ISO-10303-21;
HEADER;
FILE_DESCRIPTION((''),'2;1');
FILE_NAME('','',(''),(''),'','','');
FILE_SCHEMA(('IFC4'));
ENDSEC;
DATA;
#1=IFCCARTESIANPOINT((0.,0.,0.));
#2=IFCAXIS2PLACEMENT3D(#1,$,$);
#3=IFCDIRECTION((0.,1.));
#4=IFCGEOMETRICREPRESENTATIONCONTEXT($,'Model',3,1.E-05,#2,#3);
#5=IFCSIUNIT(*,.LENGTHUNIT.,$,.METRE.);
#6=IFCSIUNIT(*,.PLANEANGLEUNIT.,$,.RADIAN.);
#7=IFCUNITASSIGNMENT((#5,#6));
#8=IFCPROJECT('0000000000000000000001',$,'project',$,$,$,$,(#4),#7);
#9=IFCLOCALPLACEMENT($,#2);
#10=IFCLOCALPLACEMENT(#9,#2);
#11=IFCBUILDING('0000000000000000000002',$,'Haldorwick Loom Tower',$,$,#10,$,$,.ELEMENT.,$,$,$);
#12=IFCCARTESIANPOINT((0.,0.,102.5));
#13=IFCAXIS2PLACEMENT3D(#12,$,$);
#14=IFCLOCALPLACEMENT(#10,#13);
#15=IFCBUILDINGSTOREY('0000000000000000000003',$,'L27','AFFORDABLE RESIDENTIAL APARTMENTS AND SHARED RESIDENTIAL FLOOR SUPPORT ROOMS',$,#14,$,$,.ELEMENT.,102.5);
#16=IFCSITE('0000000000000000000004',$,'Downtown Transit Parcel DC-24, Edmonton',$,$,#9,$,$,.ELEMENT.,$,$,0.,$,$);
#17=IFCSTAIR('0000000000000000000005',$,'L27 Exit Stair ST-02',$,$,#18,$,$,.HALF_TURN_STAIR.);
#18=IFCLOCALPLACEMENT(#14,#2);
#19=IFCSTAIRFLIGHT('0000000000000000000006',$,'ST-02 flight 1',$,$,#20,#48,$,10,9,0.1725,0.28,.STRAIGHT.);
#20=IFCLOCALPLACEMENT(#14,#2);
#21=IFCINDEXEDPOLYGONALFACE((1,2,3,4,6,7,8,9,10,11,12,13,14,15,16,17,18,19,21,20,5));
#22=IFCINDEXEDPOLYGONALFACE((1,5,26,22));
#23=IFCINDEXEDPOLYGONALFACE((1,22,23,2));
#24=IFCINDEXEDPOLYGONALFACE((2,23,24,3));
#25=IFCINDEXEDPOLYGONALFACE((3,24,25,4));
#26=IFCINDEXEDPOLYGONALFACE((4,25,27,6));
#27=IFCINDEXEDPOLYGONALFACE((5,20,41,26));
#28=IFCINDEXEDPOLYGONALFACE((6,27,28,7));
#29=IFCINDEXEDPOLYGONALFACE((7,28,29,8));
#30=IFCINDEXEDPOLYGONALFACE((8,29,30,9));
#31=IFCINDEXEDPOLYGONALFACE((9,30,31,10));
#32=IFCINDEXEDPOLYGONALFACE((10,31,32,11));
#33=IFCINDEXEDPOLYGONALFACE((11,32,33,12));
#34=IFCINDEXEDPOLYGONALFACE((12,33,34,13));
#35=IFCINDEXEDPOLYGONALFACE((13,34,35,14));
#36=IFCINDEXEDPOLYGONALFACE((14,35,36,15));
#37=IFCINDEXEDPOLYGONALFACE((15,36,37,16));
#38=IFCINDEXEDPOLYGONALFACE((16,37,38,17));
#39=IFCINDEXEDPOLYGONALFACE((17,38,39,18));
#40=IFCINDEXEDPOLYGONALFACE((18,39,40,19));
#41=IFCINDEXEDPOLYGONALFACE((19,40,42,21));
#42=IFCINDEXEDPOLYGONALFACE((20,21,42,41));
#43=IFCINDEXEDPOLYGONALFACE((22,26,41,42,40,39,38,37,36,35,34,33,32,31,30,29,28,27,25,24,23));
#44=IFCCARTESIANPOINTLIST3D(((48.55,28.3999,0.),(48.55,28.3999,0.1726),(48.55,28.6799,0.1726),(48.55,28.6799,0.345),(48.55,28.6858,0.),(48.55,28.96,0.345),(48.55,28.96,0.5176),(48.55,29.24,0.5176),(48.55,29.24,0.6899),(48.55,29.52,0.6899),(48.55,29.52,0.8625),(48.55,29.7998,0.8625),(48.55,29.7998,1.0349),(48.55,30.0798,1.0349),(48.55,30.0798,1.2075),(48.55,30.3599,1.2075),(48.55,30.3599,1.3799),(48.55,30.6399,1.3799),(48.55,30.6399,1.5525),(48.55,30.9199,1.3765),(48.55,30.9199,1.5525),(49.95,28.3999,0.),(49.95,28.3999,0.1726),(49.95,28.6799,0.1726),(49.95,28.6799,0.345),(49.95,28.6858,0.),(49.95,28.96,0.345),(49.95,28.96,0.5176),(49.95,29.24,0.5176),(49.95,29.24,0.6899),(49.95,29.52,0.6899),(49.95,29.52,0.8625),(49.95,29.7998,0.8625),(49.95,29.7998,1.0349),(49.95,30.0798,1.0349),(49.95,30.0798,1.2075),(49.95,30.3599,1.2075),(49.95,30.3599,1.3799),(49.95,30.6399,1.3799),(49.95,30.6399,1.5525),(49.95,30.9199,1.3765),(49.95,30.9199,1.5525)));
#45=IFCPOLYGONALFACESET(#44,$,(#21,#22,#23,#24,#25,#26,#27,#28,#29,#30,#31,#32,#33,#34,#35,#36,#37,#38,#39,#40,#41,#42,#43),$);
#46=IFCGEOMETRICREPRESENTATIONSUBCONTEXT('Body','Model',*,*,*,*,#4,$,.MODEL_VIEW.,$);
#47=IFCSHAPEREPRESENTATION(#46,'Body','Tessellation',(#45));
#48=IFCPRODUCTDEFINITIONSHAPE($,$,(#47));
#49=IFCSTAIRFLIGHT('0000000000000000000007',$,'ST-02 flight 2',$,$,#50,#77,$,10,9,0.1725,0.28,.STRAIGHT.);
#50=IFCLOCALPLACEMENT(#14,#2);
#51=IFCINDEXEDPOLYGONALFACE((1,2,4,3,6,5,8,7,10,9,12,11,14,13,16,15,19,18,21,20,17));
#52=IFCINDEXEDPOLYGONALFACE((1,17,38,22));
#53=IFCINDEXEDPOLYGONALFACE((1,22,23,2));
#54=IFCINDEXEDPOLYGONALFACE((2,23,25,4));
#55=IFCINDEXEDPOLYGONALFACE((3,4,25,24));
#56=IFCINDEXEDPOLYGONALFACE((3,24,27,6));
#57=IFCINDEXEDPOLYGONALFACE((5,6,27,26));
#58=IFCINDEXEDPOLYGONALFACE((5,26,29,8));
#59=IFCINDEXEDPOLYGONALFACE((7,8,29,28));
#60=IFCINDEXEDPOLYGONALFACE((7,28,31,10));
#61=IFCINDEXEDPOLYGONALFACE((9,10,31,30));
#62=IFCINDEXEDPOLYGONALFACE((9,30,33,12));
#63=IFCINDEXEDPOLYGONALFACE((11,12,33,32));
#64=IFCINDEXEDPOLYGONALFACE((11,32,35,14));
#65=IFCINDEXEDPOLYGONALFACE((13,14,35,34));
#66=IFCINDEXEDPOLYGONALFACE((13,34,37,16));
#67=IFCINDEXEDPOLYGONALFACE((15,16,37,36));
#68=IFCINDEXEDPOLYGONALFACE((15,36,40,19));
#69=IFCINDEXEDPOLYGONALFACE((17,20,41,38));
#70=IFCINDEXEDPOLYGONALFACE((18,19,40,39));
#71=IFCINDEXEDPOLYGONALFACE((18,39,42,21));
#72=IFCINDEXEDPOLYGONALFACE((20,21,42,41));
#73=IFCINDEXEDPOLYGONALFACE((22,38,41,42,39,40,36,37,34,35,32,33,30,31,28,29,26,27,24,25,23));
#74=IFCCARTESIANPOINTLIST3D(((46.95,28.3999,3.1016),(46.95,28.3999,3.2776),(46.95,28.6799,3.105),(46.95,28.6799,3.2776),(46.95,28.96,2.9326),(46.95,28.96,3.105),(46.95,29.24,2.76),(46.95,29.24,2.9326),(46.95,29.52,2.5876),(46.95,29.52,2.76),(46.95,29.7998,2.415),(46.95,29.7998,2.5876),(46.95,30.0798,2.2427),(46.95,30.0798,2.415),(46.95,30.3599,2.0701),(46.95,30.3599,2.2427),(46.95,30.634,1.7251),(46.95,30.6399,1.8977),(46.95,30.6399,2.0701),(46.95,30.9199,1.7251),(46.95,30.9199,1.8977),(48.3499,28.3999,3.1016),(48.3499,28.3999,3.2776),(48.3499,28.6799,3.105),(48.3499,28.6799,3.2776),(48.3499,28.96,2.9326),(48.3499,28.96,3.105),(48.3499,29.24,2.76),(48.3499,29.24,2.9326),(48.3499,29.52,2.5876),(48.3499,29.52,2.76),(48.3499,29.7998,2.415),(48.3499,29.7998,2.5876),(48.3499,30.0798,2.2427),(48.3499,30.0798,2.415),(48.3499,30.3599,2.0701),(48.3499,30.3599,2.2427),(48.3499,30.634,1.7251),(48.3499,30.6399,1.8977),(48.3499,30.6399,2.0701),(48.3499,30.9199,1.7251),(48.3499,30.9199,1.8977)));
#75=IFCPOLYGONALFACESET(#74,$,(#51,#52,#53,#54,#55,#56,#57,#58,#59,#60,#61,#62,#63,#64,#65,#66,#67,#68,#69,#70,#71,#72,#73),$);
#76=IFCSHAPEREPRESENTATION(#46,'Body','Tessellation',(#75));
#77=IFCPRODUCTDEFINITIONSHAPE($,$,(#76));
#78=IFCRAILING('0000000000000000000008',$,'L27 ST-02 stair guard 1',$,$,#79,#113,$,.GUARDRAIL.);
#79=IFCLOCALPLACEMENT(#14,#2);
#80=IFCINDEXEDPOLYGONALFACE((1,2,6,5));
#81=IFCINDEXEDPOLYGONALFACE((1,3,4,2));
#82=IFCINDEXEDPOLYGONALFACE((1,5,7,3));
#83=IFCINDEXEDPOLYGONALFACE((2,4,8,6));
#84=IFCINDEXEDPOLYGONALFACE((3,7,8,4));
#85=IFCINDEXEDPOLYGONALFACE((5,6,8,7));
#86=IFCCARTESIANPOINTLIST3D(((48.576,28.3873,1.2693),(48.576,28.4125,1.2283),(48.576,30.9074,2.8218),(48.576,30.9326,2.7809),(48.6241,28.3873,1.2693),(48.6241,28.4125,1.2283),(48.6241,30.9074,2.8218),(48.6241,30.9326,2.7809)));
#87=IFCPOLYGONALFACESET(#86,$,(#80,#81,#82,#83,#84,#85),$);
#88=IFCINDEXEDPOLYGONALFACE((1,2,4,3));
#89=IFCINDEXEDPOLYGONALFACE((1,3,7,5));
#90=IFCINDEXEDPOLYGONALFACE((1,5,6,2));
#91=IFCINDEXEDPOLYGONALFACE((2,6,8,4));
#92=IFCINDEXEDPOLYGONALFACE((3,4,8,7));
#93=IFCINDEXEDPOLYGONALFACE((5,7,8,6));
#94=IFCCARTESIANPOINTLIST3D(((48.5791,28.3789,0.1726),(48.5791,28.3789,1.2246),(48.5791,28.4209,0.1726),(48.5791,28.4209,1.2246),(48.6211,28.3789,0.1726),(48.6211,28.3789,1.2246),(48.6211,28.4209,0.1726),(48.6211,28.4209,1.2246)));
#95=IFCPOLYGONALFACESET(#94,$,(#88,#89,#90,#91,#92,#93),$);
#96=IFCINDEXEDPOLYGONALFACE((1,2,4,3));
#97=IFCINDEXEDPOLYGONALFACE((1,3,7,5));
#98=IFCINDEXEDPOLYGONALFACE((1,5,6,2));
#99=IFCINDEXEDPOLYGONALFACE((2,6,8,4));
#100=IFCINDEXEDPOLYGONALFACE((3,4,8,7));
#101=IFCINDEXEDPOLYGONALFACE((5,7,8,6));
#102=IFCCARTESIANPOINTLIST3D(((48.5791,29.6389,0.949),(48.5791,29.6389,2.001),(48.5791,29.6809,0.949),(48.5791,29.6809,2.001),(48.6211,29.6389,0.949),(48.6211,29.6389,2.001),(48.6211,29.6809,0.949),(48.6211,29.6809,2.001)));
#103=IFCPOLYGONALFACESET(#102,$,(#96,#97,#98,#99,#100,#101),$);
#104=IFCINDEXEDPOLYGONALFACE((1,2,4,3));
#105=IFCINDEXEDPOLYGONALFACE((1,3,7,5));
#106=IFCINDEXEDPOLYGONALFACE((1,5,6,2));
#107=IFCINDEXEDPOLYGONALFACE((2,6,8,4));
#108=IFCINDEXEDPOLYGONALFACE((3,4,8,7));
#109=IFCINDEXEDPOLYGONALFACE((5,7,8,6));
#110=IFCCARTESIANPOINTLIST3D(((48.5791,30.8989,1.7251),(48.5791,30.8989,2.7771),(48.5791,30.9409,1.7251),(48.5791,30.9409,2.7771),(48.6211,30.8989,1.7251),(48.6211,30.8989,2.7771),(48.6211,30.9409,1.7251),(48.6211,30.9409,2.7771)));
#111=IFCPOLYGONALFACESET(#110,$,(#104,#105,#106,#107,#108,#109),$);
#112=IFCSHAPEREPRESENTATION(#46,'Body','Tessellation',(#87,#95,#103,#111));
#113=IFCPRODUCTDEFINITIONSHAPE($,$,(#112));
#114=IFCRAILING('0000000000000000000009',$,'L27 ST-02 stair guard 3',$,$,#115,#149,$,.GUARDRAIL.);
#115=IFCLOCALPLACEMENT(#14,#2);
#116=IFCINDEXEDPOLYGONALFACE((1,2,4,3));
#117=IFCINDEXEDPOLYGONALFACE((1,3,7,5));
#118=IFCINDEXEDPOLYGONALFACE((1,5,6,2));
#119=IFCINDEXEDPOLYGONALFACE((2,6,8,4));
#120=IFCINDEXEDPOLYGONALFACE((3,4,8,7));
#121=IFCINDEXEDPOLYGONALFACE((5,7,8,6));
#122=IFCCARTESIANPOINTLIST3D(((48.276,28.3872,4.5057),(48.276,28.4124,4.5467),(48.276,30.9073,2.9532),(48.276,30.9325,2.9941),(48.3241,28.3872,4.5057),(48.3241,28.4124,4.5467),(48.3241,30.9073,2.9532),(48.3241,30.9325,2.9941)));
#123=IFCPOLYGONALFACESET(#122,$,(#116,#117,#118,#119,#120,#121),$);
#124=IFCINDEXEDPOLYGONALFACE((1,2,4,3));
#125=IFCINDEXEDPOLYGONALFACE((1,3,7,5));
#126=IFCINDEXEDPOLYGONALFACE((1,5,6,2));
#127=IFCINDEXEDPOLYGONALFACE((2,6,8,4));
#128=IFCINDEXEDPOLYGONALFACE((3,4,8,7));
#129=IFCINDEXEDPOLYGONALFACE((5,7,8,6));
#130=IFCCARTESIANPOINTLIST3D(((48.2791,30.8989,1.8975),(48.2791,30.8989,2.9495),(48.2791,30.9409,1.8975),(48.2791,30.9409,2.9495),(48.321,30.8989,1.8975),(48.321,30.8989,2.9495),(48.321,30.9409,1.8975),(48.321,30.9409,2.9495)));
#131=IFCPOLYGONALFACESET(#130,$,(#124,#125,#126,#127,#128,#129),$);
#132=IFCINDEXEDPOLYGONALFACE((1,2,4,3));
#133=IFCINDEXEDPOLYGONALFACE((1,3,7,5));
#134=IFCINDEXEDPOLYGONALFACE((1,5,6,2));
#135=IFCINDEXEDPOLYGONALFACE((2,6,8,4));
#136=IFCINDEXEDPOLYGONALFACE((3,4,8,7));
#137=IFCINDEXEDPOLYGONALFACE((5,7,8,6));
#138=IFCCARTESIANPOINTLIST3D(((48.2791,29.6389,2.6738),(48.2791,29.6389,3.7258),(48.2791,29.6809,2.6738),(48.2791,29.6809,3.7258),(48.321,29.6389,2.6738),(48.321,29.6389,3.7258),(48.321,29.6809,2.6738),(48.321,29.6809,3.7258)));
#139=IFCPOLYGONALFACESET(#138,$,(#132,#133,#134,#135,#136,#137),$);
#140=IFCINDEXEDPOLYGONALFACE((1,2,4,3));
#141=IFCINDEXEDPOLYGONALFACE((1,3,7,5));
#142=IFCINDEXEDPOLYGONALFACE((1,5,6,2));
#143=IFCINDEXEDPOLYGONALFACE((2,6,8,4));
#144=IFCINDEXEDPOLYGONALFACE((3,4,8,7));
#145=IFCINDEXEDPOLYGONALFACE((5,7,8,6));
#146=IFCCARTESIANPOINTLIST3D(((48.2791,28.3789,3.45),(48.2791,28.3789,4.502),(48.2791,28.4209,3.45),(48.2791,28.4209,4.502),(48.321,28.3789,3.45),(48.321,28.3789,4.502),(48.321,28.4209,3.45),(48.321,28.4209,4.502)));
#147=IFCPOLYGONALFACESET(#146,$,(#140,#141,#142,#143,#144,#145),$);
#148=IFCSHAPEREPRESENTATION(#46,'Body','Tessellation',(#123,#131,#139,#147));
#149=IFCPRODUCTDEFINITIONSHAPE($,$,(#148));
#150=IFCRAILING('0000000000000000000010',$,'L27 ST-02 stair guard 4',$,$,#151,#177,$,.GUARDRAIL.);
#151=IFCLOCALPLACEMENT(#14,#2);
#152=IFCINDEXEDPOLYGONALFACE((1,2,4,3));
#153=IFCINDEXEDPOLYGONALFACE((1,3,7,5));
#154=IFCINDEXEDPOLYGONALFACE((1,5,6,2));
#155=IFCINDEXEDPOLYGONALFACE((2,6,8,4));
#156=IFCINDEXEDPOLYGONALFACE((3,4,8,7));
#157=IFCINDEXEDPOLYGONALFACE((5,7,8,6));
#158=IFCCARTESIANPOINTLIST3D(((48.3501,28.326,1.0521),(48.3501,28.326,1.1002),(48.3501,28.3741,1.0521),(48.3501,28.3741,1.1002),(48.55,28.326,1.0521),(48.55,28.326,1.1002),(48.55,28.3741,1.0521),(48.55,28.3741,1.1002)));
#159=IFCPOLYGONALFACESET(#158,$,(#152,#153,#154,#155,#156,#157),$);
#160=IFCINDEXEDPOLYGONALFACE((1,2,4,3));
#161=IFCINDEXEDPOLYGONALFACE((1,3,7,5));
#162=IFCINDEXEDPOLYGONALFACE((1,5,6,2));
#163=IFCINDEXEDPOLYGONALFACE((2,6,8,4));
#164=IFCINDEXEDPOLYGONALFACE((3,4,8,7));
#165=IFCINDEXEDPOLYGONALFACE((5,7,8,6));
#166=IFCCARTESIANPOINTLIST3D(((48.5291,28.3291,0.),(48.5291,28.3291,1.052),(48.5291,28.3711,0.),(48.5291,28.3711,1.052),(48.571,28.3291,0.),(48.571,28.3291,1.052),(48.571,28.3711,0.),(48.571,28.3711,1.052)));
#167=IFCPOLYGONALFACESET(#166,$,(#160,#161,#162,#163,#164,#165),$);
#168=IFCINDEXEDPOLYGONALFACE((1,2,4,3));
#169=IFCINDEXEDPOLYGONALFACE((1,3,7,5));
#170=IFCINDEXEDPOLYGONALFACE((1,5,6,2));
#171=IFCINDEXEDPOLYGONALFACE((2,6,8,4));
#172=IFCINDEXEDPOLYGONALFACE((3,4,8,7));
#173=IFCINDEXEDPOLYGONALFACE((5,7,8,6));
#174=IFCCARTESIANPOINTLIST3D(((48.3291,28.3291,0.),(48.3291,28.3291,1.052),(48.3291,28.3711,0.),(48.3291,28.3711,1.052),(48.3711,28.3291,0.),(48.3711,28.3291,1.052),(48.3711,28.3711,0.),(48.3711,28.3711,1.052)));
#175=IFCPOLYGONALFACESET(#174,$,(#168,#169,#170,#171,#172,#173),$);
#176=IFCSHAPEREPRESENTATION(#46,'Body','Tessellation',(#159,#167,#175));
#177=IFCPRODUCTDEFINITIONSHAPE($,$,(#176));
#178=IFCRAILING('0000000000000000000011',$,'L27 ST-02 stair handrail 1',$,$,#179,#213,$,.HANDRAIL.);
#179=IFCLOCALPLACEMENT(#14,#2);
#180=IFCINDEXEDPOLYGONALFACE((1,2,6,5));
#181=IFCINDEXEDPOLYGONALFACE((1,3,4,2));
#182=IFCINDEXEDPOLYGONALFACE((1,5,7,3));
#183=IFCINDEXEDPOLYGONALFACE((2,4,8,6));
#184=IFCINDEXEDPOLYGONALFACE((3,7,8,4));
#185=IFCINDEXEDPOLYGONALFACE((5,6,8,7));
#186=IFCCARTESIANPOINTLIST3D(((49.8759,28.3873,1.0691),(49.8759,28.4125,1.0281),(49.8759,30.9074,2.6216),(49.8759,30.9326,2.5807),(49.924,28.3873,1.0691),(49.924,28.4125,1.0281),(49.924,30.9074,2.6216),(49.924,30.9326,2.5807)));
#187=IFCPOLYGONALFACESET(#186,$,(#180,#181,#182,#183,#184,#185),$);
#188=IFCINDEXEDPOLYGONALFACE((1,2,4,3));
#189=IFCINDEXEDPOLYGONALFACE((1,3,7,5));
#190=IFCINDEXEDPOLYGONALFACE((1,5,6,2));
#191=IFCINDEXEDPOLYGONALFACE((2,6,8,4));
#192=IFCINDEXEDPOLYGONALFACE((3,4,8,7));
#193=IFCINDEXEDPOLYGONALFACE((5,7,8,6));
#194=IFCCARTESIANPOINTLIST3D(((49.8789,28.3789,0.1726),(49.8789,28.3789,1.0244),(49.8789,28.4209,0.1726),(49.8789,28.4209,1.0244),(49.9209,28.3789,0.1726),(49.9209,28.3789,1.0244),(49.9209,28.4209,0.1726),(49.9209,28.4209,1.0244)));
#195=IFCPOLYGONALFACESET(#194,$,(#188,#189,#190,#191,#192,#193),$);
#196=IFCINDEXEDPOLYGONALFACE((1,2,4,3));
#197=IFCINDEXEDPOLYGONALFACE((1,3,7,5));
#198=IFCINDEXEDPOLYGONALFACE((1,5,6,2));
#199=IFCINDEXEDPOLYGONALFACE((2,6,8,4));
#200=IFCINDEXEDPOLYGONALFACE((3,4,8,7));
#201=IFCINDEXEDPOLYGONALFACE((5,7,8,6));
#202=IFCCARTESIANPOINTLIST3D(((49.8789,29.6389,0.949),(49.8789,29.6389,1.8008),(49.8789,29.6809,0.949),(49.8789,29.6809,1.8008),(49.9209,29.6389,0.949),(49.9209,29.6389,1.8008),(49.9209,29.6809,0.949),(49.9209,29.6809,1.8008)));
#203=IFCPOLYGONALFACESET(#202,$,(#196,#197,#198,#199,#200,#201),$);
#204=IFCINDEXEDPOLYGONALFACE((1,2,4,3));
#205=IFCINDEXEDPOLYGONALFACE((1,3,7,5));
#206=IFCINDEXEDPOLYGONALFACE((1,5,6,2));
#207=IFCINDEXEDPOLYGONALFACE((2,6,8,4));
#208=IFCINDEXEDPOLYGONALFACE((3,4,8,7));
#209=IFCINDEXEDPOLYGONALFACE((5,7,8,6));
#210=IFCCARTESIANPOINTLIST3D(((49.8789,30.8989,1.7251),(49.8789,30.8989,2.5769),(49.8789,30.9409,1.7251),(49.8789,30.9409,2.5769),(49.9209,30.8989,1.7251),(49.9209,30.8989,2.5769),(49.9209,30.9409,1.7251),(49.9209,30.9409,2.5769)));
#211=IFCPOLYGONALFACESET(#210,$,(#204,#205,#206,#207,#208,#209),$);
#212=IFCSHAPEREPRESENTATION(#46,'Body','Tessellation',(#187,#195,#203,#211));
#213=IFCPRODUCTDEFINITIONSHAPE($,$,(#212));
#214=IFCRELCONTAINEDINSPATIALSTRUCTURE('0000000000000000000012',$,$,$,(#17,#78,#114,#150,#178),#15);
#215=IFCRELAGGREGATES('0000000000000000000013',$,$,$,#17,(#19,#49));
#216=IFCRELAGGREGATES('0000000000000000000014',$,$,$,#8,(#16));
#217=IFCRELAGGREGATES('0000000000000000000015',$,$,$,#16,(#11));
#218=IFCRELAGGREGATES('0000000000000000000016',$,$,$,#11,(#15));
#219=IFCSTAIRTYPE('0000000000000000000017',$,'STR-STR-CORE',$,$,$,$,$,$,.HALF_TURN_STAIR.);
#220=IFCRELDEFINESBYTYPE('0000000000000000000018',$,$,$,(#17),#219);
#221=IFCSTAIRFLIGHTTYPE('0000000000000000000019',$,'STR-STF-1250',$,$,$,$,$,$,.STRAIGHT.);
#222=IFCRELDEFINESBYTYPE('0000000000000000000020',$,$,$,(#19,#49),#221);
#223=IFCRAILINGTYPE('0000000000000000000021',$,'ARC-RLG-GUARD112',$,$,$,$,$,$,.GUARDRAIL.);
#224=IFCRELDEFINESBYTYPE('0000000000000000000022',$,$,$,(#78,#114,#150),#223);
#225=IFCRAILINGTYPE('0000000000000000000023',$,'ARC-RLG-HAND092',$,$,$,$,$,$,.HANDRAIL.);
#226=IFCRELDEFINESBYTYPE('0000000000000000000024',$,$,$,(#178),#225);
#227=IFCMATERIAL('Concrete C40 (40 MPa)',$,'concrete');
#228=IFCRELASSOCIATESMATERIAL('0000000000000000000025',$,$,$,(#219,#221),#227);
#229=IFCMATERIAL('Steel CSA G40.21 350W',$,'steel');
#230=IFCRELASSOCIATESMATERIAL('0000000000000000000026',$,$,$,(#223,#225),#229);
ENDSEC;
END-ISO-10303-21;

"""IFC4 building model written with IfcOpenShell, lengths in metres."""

from ifc_helpers import new_model, si_unit, direction, frame, origin, origin_2d, place, context, subcontext, project, spatial, polyline, rectangle, outline, extrude, material, type_object, element, aggregate, save


model = new_model("IFC4")

# Units and contexts
model_context = context("Model", 3, precision=1e-05, world=origin(), true_north=direction((0.0, 1.0)))
body_context = subcontext(model_context, "Body", "Model", "MODEL_VIEW")
ifc_project = project(units=[si_unit("LENGTHUNIT", "METRE"), si_unit("PLANEANGLEUNIT", "RADIAN")], contexts=[model_context])

# Site, building, storey
site_placement = place(None, origin())
site = spatial("IfcSite", under=ifc_project, at=site_placement, Name="Downtown Transit Parcel DC-24, Edmonton", CompositionType="ELEMENT", RefElevation=0.0)
building_placement = place(site_placement, origin())
building = spatial("IfcBuilding", under=site, at=building_placement, Name="Haldorwick Loom Tower", CompositionType="ELEMENT")
storey_placement = place(building_placement, frame((0.0, 0.0, 102.5)))
storey = spatial("IfcBuildingStorey", under=building, at=storey_placement, Name="L27", Description="AFFORDABLE RESIDENTIAL APARTMENTS AND SHARED RESIDENTIAL FLOOR SUPPORT ROOMS", CompositionType="ELEMENT", Elevation=102.5)

# Shared definitions
ifc_material_1 = material(Name="Steel CSA G40.21 350W", Category="steel")

# Stair, stair flights
ifc_material_2 = material(Name="Concrete C40 (40 MPa)", Category="concrete")
stair_type = type_object("IfcStairType", Name="STR-STR-CORE", PredefinedType="HALF_TURN_STAIR", material=ifc_material_2)
stair_placement = place(storey_placement, origin())
stair = element("IfcStair", 1, at=stair_placement, inside=storey, type_object=stair_type, Name="L27 Exit Stair ST-02", PredefinedType="HALF_TURN_STAIR")
stair_flight_type = type_object("IfcStairFlightType", Name="STR-STF-1250", PredefinedType="STRAIGHT", material=ifc_material_2)
stair_flight_1_placement = place(storey_placement, frame((49.25, 28.3999, 0.0), z_axis=(0.0, 0.0, 1.0), x_axis=(0.0, 1.0, 0.0)))
stair_flight_1 = element("IfcStairFlight", 2, at=stair_flight_1_placement, type_object=stair_flight_type, Name="ST-02 flight 1", NumberOfRisers=10, NumberOfTreads=9, PredefinedType="STRAIGHT", RiserHeight=0.1725, TreadLength=0.28, context=body_context, shape_type="SweptSolid", body=[
    extrude(outline(polyline([(0.0, 0.0), (0.0, 0.1726), (0.28, 0.1726), (0.28, 0.345), (0.5601, 0.345), (0.5601, 0.5176), (0.8401, 0.5176), (0.8401, 0.6899), (1.1201, 0.6899), (1.1201, 0.8625), (1.3999, 0.8625), (1.3999, 1.0349), (1.6799, 1.0349), (1.6799, 1.2075), (1.96, 1.2075), (1.96, 1.3799), (2.24, 1.3799), (2.24, 1.5525), (2.52, 1.5525), (2.52, 1.7251), (2.52, 1.3765), (0.2859, 0.0), (0.0, 0.0)])), frame((0.0, 0.7, 0.0), z_axis=(0.0, -1.0, 0.0), x_axis=(1.0, 0.0, 0.0)), (0.0, 0.0, 1.0), 1.3999),
])
stair_flight_2_placement = place(storey_placement, frame((47.6499, 30.9199, 1.7251), z_axis=(0.0, 0.0, 1.0), x_axis=(0.0, -1.0, 0.0)))
stair_flight_2 = element("IfcStairFlight", 3, at=stair_flight_2_placement, type_object=stair_flight_type, Name="ST-02 flight 2", NumberOfRisers=10, NumberOfTreads=9, PredefinedType="STRAIGHT", RiserHeight=0.1725, TreadLength=0.28, context=body_context, shape_type="SweptSolid", body=[
    extrude(outline(polyline([(0.0, 0.0), (0.0, 0.1726), (0.28, 0.1726), (0.28, 0.345), (0.5601, 0.345), (0.5601, 0.5176), (0.8401, 0.5176), (0.8401, 0.6899), (1.1201, 0.6899), (1.1201, 0.8625), (1.3999, 0.8625), (1.3999, 1.0349), (1.6799, 1.0349), (1.6799, 1.2075), (1.96, 1.2075), (1.96, 1.3799), (2.24, 1.3799), (2.24, 1.5525), (2.52, 1.5525), (2.52, 1.7251), (2.52, 1.3765), (0.2859, 0.0), (0.0, 0.0)])), frame((0.0, 0.7, 0.0), z_axis=(0.0, -1.0, 0.0), x_axis=(1.0, 0.0, 0.0)), (0.0, 0.0, 1.0), 1.3999),
])
aggregate(stair, [stair_flight_1, stair_flight_2])

# Railings
railing_type_1 = type_object("IfcRailingType", Name="ARC-RLG-GUARD112", PredefinedType="GUARDRAIL", material=ifc_material_1)
railing_1_placement = place(storey_placement, frame((48.6001, 28.3999, 0.1726)))
element("IfcRailing", 4, at=railing_1_placement, inside=storey, type_object=railing_type_1, Name="L27 ST-02 stair guard 1", PredefinedType="GUARDRAIL", context=body_context, shape_type="SweptSolid", body=[
    extrude(rectangle(XDim=0.0481, YDim=0.0481, at=origin_2d()), frame((0.0, 0.0, 1.0762), z_axis=(0.0, 0.8514, 0.524516), x_axis=(-1.0, 0.0, 0.0)), (0.0, 0.0, 1.0), 2.96),
    extrude(rectangle(XDim=0.042, YDim=0.042, at=origin_2d()), origin(), (0.0, 0.0, 1.0), 1.052),
    extrude(rectangle(XDim=0.042, YDim=0.042, at=origin_2d()), frame((0.0, 1.26, 0.7764)), (0.0, 0.0, 1.0), 1.052),
    extrude(rectangle(XDim=0.042, YDim=0.042, at=origin_2d()), frame((0.0, 2.52, 1.5525)), (0.0, 0.0, 1.0), 1.052),
])
railing_2_placement = place(storey_placement, frame((48.3, 30.9199, 1.8975)))
element("IfcRailing", 5, at=railing_2_placement, inside=storey, type_object=railing_type_1, Name="L27 ST-02 stair guard 3", PredefinedType="GUARDRAIL", context=body_context, shape_type="SweptSolid", body=[
    extrude(rectangle(XDim=0.0481, YDim=0.0481, at=origin_2d()), frame((0.0, 0.0, 1.0762), z_axis=(0.0, -0.8514, 0.524516), x_axis=(1.0, 0.0, 0.0)), (0.0, 0.0, 1.0), 2.96),
    extrude(rectangle(XDim=0.042, YDim=0.042, at=origin_2d()), origin(), (0.0, 0.0, 1.0), 1.052),
    extrude(rectangle(XDim=0.042, YDim=0.042, at=origin_2d()), frame((0.0, -1.26, 0.7764)), (0.0, 0.0, 1.0), 1.052),
    extrude(rectangle(XDim=0.042, YDim=0.042, at=origin_2d()), frame((0.0, -2.52, 1.5525)), (0.0, 0.0, 1.0), 1.052),
])
railing_3_placement = place(storey_placement, frame((48.55, 28.3501, 0.0)))
element("IfcRailing", 6, at=railing_3_placement, inside=storey, type_object=railing_type_1, Name="L27 ST-02 stair guard 4", PredefinedType="GUARDRAIL", context=body_context, shape_type="SweptSolid", body=[
    extrude(rectangle(XDim=0.0481, YDim=0.0481, at=origin_2d()), frame((0.0, 0.0, 1.0762), z_axis=(-1.0, 0.0, 0.0), x_axis=(0.0, -1.0, 0.0)), (0.0, 0.0, 1.0), 0.2),
    extrude(rectangle(XDim=0.042, YDim=0.042, at=origin_2d()), origin(), (0.0, 0.0, 1.0), 1.052),
    extrude(rectangle(XDim=0.042, YDim=0.042, at=origin_2d()), frame((-0.2, 0.0, 0.0)), (0.0, 0.0, 1.0), 1.052),
])
railing_type_2 = type_object("IfcRailingType", Name="ARC-RLG-HAND092", PredefinedType="HANDRAIL", material=ifc_material_1)
railing_4_placement = place(storey_placement, frame((49.8999, 28.3999, 0.1726)))
element("IfcRailing", 7, at=railing_4_placement, inside=storey, type_object=railing_type_2, Name="L27 ST-02 stair handrail 1", PredefinedType="HANDRAIL", context=body_context, shape_type="SweptSolid", body=[
    extrude(rectangle(XDim=0.0481, YDim=0.0481, at=origin_2d()), frame((0.0, 0.0, 0.876), z_axis=(0.0, 0.8514, 0.524516), x_axis=(-1.0, 0.0, 0.0)), (0.0, 0.0, 1.0), 2.96),
    extrude(rectangle(XDim=0.042, YDim=0.042, at=origin_2d()), origin(), (0.0, 0.0, 1.0), 0.8518),
    extrude(rectangle(XDim=0.042, YDim=0.042, at=origin_2d()), frame((0.0, 1.26, 0.7764)), (0.0, 0.0, 1.0), 0.8518),
    extrude(rectangle(XDim=0.042, YDim=0.042, at=origin_2d()), frame((0.0, 2.52, 1.5525)), (0.0, 0.0, 1.0), 0.8518),
])

save(model, "model.ifc")
